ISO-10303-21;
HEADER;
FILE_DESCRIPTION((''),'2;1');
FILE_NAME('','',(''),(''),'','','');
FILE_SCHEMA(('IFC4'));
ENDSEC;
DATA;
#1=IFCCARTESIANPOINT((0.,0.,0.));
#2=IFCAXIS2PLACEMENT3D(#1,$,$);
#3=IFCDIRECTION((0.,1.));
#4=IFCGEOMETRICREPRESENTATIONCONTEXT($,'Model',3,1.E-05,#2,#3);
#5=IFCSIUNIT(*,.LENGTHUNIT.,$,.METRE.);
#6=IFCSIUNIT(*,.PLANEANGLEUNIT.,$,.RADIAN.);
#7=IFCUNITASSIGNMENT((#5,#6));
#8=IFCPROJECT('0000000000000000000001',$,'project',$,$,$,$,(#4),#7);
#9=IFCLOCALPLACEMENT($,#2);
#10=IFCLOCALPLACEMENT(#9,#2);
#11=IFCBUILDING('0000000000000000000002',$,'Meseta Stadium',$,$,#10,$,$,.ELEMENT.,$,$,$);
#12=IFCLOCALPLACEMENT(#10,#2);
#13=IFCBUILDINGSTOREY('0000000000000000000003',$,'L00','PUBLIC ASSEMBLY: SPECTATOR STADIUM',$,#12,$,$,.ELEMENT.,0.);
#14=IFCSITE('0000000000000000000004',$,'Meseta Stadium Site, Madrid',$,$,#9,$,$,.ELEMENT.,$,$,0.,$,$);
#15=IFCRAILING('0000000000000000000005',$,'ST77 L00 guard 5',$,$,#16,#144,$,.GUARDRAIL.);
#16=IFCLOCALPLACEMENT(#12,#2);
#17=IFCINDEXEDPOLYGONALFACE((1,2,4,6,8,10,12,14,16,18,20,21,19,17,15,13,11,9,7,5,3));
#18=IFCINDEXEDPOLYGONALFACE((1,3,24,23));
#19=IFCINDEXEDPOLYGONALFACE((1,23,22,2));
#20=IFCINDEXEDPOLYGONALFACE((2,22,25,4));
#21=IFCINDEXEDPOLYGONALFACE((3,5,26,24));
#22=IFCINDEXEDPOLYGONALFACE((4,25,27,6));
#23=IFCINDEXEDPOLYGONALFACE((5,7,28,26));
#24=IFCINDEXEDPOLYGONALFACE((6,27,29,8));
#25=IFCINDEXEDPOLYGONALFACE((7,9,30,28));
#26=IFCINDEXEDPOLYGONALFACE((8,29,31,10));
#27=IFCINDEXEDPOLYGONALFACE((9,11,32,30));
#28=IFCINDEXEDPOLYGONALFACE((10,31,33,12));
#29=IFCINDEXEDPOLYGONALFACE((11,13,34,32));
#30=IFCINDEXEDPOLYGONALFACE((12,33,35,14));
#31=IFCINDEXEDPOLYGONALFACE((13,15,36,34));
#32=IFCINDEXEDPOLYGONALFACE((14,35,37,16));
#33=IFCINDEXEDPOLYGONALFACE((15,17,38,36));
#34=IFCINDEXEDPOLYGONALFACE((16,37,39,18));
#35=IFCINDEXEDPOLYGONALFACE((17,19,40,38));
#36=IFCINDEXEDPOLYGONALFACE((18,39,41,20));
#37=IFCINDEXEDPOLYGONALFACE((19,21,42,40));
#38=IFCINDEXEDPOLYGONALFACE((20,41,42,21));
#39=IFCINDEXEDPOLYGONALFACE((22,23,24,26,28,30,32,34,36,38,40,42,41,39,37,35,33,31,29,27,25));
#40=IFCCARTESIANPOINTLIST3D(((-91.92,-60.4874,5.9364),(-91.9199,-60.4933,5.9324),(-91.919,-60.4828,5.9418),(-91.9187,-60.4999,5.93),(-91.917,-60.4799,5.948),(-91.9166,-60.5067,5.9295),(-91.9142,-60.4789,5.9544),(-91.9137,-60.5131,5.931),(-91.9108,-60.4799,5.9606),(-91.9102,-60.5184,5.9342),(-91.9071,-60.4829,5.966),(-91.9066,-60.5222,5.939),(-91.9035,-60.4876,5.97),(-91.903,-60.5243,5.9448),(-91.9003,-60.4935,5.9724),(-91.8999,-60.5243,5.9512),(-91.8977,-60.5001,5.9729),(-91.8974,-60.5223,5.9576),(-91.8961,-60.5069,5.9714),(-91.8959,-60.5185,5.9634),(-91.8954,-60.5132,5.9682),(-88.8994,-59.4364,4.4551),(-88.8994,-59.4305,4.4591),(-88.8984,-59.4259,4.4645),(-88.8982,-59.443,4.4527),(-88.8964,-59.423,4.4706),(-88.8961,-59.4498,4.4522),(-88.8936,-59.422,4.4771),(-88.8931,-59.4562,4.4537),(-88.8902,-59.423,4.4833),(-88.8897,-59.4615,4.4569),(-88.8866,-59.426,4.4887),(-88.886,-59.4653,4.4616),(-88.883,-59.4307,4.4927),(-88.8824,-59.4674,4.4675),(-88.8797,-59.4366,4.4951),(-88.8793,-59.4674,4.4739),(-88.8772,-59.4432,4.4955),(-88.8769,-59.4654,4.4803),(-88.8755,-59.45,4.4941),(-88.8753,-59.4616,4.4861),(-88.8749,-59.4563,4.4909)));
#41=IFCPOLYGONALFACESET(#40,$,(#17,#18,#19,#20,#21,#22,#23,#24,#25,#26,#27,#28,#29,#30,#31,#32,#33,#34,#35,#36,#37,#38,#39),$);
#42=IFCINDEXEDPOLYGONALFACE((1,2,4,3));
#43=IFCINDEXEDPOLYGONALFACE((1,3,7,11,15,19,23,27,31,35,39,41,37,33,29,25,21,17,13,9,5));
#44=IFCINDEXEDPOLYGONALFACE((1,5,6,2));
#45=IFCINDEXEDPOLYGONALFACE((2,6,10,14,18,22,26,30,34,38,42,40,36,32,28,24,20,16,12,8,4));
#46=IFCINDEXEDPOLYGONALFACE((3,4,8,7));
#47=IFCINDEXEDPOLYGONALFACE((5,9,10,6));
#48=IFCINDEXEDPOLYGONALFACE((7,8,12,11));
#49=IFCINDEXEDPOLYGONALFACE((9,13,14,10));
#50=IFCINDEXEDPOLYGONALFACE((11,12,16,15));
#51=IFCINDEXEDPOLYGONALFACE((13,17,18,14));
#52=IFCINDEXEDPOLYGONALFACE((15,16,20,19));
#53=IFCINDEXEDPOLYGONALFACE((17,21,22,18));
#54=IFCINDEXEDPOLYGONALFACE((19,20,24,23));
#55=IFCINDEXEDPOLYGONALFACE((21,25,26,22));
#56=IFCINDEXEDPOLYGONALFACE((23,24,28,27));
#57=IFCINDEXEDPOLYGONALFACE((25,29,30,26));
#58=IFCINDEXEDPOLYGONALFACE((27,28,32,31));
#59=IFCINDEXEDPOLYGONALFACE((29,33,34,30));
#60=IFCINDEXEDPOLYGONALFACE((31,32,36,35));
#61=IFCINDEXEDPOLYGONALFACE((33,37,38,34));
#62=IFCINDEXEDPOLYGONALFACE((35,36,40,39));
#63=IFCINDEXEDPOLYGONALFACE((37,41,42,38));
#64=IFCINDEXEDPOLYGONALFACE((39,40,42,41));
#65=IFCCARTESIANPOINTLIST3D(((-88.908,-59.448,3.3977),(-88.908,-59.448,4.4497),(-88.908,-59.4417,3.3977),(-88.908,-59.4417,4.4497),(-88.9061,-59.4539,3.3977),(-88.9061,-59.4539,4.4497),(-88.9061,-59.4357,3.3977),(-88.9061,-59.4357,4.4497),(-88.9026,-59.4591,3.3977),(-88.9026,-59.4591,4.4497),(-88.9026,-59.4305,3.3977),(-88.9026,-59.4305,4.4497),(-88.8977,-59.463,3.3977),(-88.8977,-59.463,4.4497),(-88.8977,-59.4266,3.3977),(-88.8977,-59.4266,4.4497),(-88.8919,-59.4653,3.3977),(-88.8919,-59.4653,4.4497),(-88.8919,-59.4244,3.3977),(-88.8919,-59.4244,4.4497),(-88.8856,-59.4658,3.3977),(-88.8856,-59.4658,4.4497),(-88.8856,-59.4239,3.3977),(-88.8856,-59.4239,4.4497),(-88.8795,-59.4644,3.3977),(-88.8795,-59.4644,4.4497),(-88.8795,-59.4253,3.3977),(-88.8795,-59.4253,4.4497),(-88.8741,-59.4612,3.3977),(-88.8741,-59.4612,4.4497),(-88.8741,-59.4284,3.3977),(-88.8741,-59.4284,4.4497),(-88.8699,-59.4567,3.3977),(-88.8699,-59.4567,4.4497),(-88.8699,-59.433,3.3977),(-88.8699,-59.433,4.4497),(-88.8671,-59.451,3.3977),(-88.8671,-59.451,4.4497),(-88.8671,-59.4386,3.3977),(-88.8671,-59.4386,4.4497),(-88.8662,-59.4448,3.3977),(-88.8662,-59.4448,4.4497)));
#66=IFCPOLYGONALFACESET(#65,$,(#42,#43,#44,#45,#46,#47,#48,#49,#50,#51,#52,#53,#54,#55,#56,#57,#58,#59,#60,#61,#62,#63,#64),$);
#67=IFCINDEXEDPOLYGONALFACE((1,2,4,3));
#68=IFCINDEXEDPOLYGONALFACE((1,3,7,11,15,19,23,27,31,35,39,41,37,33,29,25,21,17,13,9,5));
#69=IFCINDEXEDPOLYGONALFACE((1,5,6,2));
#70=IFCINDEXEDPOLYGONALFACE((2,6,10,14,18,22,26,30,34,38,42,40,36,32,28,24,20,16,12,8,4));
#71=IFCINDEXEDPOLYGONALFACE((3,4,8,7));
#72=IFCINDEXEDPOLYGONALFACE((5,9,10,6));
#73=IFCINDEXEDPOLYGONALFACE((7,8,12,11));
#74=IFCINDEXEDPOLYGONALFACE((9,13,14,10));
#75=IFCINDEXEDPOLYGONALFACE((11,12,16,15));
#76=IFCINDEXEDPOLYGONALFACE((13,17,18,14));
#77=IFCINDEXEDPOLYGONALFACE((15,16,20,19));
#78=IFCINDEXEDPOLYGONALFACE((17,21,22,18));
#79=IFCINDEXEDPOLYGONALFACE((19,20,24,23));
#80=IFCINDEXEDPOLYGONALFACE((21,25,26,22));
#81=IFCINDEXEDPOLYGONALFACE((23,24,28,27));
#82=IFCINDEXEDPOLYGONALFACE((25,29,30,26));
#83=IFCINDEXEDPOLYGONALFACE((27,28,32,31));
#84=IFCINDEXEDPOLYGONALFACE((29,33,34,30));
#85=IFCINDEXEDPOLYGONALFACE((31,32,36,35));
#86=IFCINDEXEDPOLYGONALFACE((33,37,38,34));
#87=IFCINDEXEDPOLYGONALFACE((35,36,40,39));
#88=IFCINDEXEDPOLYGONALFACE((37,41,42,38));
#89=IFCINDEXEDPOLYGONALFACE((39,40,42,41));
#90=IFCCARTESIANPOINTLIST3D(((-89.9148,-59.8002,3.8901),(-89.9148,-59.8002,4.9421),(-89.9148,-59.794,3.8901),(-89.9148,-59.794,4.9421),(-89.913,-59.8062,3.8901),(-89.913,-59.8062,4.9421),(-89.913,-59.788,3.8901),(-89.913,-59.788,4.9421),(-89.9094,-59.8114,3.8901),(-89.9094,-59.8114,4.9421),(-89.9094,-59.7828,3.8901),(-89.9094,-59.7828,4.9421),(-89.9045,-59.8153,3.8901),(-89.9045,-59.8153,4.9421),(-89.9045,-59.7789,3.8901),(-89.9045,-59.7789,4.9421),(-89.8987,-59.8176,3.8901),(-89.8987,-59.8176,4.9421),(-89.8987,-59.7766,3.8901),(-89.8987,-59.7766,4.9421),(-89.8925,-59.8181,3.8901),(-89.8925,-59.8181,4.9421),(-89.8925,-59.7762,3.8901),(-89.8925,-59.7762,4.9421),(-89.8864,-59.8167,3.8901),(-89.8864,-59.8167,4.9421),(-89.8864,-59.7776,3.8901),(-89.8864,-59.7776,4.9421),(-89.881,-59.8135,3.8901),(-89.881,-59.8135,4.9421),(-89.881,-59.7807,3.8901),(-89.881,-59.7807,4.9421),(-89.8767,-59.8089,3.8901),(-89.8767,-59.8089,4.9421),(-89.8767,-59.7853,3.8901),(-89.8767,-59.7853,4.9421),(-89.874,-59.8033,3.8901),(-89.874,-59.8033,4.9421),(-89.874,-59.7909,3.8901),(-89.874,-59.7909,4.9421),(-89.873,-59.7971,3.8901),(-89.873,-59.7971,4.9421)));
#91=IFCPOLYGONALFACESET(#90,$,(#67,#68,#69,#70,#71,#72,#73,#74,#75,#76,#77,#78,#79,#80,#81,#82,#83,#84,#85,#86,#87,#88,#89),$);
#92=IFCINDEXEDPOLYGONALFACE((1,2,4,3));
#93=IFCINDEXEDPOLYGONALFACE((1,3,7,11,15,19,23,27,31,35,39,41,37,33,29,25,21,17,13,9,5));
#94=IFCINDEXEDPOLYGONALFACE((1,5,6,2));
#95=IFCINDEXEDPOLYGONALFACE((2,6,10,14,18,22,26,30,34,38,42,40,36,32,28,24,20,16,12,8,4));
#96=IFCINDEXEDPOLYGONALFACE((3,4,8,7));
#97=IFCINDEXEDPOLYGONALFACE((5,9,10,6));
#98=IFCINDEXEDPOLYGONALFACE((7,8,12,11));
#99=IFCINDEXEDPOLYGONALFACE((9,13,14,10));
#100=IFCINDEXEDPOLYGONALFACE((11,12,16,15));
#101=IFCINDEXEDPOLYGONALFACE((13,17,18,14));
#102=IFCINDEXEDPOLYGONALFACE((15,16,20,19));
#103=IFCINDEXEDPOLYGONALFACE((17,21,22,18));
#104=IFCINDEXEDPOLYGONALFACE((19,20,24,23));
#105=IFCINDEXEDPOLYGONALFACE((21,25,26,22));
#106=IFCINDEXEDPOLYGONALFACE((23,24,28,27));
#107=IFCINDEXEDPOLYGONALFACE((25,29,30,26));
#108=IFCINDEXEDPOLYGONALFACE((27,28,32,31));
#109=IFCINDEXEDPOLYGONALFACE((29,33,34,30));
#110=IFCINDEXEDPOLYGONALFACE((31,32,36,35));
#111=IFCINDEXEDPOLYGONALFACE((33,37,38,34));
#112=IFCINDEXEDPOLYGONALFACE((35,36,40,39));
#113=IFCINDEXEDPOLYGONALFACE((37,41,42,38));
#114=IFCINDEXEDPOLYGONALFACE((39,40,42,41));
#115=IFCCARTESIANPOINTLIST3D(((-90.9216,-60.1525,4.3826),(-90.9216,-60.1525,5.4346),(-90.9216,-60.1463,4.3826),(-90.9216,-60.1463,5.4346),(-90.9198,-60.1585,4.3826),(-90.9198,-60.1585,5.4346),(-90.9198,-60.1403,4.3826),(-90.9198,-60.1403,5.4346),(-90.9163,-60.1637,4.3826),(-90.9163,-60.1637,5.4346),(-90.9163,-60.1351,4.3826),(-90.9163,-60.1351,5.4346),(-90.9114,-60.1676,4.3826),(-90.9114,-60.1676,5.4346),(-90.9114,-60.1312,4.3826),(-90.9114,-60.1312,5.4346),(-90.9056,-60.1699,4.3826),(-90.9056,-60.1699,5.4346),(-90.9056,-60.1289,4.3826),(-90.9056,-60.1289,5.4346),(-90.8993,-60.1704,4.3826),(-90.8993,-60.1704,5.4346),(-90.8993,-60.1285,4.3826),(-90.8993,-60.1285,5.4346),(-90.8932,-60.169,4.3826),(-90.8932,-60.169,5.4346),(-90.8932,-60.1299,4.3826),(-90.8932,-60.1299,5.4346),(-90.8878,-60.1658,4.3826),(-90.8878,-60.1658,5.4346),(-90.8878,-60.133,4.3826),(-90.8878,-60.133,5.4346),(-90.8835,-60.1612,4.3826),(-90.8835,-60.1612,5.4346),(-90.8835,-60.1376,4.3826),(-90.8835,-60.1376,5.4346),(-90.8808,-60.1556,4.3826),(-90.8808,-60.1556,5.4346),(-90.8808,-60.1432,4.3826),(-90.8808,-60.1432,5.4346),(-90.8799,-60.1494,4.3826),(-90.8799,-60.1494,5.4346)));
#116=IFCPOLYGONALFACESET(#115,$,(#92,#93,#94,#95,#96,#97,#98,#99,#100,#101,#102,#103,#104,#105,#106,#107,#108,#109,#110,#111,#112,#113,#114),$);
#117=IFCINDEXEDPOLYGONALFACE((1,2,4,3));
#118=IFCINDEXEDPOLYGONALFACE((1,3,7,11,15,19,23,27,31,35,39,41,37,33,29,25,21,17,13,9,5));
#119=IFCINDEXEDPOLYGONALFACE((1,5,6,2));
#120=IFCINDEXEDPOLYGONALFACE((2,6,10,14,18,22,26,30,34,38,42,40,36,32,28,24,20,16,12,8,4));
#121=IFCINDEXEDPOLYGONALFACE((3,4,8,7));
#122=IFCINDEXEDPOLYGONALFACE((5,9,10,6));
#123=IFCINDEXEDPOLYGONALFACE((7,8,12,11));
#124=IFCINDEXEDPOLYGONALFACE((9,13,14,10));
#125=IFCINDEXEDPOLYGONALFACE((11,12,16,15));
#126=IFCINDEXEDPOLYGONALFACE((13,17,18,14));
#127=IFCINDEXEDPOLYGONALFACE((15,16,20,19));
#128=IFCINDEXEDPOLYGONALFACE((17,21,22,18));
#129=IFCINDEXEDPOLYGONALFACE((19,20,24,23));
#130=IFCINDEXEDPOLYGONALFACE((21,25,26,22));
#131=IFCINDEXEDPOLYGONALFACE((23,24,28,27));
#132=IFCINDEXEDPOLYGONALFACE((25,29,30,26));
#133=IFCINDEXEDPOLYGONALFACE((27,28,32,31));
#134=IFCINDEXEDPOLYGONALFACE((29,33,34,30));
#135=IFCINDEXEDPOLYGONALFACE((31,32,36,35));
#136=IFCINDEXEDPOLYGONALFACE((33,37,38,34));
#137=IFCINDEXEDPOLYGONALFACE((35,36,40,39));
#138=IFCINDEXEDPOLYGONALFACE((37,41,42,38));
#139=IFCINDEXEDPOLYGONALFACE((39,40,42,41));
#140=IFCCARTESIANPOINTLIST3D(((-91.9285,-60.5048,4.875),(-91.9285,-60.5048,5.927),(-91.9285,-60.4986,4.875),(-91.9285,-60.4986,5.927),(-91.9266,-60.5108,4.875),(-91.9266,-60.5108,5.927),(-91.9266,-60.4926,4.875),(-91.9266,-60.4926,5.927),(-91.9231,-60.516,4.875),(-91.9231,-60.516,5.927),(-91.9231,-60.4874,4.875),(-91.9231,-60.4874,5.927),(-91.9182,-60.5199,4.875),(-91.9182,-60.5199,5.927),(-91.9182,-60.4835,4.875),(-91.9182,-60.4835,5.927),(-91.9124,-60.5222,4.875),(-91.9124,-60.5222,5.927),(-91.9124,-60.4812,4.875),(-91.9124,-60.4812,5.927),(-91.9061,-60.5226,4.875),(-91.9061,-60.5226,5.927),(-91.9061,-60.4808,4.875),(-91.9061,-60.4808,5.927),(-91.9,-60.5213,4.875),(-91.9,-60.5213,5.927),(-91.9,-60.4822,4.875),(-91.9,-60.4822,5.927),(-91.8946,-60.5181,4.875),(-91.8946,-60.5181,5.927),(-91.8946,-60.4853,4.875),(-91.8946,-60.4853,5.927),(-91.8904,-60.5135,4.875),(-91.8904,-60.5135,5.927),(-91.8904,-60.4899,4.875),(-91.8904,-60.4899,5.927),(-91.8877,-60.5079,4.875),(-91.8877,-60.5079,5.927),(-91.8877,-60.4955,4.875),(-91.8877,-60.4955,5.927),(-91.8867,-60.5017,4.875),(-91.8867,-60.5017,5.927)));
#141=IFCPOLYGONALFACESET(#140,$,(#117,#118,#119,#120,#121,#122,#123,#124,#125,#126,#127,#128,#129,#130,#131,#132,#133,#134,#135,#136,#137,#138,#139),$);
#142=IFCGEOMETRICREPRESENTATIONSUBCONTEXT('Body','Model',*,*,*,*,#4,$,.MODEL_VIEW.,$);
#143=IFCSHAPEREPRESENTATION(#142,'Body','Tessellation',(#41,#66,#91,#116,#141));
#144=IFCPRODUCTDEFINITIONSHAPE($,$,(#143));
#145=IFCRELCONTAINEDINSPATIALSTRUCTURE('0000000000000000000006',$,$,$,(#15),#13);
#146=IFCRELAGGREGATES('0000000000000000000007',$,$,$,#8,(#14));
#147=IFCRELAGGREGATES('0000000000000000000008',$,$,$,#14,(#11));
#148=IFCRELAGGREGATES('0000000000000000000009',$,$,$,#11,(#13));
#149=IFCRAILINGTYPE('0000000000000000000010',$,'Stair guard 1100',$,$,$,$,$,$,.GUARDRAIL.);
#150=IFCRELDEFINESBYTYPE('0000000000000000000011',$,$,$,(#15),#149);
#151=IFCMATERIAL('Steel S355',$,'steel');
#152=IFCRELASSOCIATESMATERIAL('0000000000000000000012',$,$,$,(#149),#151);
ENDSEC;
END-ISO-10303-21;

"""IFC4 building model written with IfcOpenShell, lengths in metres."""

from ifc_helpers import new_model, si_unit, direction, frame, origin, origin_2d, place, context, subcontext, project, spatial, circle, extrude, material, type_object, element, save


model = new_model("IFC4")

# Units and contexts
model_context = context("Model", 3, precision=1e-05, world=origin(), true_north=direction((0.0, 1.0)))
body_context = subcontext(model_context, "Body", "Model", "MODEL_VIEW")
ifc_project = project(units=[si_unit("LENGTHUNIT", "METRE"), si_unit("PLANEANGLEUNIT", "RADIAN")], contexts=[model_context])

# Site, building, storey
site_placement = place(None, origin())
site = spatial("IfcSite", under=ifc_project, at=site_placement, Name="Meseta Stadium Site, Madrid", CompositionType="ELEMENT", RefElevation=0.0)
building_placement = place(site_placement, origin())
building = spatial("IfcBuilding", under=site, at=building_placement, Name="Meseta Stadium", CompositionType="ELEMENT")
storey_placement = place(building_placement, origin())
storey = spatial("IfcBuildingStorey", under=building, at=storey_placement, Name="L00", Description="PUBLIC ASSEMBLY: SPECTATOR STADIUM", CompositionType="ELEMENT", Elevation=0.0)

# Railing
ifc_material_1 = material(Name="Steel S355", Category="steel")
railing_type_1 = type_object("IfcRailingType", Name="Stair guard 1100", PredefinedType="GUARDRAIL", material=ifc_material_1)
railing_1_placement = place(storey_placement, frame((-88.8872, -59.4448, 3.3977)))
element("IfcRailing", 1, at=railing_1_placement, inside=storey, type_object=railing_type_1, Name="ST77 L00 guard 5", PredefinedType="GUARDRAIL", context=body_context, shape_type="SweptSolid", body=[
    extrude(circle(Radius=0.0239, at=origin_2d()), frame((0.0, 0.0, 1.0762), z_axis=(-0.856977, -0.299859, 0.419137), x_axis=(0.330269, -0.943887, 0.0)), (0.0, 0.0, 1.0), 3.5247),
    extrude(circle(Radius=0.021, at=origin_2d()), origin(), (0.0, 0.0, 1.0), 1.052),
    extrude(circle(Radius=0.021, at=origin_2d()), frame((-1.0068, -0.3523, 0.4924)), (0.0, 0.0, 1.0), 1.052),
    extrude(circle(Radius=0.021, at=origin_2d()), frame((-2.0137, -0.7046, 0.9849)), (0.0, 0.0, 1.0), 1.052),
    extrude(circle(Radius=0.021, at=origin_2d()), frame((-3.0205, -1.0569, 1.4773)), (0.0, 0.0, 1.0), 1.052),
])

save(model, "model.ifc")
